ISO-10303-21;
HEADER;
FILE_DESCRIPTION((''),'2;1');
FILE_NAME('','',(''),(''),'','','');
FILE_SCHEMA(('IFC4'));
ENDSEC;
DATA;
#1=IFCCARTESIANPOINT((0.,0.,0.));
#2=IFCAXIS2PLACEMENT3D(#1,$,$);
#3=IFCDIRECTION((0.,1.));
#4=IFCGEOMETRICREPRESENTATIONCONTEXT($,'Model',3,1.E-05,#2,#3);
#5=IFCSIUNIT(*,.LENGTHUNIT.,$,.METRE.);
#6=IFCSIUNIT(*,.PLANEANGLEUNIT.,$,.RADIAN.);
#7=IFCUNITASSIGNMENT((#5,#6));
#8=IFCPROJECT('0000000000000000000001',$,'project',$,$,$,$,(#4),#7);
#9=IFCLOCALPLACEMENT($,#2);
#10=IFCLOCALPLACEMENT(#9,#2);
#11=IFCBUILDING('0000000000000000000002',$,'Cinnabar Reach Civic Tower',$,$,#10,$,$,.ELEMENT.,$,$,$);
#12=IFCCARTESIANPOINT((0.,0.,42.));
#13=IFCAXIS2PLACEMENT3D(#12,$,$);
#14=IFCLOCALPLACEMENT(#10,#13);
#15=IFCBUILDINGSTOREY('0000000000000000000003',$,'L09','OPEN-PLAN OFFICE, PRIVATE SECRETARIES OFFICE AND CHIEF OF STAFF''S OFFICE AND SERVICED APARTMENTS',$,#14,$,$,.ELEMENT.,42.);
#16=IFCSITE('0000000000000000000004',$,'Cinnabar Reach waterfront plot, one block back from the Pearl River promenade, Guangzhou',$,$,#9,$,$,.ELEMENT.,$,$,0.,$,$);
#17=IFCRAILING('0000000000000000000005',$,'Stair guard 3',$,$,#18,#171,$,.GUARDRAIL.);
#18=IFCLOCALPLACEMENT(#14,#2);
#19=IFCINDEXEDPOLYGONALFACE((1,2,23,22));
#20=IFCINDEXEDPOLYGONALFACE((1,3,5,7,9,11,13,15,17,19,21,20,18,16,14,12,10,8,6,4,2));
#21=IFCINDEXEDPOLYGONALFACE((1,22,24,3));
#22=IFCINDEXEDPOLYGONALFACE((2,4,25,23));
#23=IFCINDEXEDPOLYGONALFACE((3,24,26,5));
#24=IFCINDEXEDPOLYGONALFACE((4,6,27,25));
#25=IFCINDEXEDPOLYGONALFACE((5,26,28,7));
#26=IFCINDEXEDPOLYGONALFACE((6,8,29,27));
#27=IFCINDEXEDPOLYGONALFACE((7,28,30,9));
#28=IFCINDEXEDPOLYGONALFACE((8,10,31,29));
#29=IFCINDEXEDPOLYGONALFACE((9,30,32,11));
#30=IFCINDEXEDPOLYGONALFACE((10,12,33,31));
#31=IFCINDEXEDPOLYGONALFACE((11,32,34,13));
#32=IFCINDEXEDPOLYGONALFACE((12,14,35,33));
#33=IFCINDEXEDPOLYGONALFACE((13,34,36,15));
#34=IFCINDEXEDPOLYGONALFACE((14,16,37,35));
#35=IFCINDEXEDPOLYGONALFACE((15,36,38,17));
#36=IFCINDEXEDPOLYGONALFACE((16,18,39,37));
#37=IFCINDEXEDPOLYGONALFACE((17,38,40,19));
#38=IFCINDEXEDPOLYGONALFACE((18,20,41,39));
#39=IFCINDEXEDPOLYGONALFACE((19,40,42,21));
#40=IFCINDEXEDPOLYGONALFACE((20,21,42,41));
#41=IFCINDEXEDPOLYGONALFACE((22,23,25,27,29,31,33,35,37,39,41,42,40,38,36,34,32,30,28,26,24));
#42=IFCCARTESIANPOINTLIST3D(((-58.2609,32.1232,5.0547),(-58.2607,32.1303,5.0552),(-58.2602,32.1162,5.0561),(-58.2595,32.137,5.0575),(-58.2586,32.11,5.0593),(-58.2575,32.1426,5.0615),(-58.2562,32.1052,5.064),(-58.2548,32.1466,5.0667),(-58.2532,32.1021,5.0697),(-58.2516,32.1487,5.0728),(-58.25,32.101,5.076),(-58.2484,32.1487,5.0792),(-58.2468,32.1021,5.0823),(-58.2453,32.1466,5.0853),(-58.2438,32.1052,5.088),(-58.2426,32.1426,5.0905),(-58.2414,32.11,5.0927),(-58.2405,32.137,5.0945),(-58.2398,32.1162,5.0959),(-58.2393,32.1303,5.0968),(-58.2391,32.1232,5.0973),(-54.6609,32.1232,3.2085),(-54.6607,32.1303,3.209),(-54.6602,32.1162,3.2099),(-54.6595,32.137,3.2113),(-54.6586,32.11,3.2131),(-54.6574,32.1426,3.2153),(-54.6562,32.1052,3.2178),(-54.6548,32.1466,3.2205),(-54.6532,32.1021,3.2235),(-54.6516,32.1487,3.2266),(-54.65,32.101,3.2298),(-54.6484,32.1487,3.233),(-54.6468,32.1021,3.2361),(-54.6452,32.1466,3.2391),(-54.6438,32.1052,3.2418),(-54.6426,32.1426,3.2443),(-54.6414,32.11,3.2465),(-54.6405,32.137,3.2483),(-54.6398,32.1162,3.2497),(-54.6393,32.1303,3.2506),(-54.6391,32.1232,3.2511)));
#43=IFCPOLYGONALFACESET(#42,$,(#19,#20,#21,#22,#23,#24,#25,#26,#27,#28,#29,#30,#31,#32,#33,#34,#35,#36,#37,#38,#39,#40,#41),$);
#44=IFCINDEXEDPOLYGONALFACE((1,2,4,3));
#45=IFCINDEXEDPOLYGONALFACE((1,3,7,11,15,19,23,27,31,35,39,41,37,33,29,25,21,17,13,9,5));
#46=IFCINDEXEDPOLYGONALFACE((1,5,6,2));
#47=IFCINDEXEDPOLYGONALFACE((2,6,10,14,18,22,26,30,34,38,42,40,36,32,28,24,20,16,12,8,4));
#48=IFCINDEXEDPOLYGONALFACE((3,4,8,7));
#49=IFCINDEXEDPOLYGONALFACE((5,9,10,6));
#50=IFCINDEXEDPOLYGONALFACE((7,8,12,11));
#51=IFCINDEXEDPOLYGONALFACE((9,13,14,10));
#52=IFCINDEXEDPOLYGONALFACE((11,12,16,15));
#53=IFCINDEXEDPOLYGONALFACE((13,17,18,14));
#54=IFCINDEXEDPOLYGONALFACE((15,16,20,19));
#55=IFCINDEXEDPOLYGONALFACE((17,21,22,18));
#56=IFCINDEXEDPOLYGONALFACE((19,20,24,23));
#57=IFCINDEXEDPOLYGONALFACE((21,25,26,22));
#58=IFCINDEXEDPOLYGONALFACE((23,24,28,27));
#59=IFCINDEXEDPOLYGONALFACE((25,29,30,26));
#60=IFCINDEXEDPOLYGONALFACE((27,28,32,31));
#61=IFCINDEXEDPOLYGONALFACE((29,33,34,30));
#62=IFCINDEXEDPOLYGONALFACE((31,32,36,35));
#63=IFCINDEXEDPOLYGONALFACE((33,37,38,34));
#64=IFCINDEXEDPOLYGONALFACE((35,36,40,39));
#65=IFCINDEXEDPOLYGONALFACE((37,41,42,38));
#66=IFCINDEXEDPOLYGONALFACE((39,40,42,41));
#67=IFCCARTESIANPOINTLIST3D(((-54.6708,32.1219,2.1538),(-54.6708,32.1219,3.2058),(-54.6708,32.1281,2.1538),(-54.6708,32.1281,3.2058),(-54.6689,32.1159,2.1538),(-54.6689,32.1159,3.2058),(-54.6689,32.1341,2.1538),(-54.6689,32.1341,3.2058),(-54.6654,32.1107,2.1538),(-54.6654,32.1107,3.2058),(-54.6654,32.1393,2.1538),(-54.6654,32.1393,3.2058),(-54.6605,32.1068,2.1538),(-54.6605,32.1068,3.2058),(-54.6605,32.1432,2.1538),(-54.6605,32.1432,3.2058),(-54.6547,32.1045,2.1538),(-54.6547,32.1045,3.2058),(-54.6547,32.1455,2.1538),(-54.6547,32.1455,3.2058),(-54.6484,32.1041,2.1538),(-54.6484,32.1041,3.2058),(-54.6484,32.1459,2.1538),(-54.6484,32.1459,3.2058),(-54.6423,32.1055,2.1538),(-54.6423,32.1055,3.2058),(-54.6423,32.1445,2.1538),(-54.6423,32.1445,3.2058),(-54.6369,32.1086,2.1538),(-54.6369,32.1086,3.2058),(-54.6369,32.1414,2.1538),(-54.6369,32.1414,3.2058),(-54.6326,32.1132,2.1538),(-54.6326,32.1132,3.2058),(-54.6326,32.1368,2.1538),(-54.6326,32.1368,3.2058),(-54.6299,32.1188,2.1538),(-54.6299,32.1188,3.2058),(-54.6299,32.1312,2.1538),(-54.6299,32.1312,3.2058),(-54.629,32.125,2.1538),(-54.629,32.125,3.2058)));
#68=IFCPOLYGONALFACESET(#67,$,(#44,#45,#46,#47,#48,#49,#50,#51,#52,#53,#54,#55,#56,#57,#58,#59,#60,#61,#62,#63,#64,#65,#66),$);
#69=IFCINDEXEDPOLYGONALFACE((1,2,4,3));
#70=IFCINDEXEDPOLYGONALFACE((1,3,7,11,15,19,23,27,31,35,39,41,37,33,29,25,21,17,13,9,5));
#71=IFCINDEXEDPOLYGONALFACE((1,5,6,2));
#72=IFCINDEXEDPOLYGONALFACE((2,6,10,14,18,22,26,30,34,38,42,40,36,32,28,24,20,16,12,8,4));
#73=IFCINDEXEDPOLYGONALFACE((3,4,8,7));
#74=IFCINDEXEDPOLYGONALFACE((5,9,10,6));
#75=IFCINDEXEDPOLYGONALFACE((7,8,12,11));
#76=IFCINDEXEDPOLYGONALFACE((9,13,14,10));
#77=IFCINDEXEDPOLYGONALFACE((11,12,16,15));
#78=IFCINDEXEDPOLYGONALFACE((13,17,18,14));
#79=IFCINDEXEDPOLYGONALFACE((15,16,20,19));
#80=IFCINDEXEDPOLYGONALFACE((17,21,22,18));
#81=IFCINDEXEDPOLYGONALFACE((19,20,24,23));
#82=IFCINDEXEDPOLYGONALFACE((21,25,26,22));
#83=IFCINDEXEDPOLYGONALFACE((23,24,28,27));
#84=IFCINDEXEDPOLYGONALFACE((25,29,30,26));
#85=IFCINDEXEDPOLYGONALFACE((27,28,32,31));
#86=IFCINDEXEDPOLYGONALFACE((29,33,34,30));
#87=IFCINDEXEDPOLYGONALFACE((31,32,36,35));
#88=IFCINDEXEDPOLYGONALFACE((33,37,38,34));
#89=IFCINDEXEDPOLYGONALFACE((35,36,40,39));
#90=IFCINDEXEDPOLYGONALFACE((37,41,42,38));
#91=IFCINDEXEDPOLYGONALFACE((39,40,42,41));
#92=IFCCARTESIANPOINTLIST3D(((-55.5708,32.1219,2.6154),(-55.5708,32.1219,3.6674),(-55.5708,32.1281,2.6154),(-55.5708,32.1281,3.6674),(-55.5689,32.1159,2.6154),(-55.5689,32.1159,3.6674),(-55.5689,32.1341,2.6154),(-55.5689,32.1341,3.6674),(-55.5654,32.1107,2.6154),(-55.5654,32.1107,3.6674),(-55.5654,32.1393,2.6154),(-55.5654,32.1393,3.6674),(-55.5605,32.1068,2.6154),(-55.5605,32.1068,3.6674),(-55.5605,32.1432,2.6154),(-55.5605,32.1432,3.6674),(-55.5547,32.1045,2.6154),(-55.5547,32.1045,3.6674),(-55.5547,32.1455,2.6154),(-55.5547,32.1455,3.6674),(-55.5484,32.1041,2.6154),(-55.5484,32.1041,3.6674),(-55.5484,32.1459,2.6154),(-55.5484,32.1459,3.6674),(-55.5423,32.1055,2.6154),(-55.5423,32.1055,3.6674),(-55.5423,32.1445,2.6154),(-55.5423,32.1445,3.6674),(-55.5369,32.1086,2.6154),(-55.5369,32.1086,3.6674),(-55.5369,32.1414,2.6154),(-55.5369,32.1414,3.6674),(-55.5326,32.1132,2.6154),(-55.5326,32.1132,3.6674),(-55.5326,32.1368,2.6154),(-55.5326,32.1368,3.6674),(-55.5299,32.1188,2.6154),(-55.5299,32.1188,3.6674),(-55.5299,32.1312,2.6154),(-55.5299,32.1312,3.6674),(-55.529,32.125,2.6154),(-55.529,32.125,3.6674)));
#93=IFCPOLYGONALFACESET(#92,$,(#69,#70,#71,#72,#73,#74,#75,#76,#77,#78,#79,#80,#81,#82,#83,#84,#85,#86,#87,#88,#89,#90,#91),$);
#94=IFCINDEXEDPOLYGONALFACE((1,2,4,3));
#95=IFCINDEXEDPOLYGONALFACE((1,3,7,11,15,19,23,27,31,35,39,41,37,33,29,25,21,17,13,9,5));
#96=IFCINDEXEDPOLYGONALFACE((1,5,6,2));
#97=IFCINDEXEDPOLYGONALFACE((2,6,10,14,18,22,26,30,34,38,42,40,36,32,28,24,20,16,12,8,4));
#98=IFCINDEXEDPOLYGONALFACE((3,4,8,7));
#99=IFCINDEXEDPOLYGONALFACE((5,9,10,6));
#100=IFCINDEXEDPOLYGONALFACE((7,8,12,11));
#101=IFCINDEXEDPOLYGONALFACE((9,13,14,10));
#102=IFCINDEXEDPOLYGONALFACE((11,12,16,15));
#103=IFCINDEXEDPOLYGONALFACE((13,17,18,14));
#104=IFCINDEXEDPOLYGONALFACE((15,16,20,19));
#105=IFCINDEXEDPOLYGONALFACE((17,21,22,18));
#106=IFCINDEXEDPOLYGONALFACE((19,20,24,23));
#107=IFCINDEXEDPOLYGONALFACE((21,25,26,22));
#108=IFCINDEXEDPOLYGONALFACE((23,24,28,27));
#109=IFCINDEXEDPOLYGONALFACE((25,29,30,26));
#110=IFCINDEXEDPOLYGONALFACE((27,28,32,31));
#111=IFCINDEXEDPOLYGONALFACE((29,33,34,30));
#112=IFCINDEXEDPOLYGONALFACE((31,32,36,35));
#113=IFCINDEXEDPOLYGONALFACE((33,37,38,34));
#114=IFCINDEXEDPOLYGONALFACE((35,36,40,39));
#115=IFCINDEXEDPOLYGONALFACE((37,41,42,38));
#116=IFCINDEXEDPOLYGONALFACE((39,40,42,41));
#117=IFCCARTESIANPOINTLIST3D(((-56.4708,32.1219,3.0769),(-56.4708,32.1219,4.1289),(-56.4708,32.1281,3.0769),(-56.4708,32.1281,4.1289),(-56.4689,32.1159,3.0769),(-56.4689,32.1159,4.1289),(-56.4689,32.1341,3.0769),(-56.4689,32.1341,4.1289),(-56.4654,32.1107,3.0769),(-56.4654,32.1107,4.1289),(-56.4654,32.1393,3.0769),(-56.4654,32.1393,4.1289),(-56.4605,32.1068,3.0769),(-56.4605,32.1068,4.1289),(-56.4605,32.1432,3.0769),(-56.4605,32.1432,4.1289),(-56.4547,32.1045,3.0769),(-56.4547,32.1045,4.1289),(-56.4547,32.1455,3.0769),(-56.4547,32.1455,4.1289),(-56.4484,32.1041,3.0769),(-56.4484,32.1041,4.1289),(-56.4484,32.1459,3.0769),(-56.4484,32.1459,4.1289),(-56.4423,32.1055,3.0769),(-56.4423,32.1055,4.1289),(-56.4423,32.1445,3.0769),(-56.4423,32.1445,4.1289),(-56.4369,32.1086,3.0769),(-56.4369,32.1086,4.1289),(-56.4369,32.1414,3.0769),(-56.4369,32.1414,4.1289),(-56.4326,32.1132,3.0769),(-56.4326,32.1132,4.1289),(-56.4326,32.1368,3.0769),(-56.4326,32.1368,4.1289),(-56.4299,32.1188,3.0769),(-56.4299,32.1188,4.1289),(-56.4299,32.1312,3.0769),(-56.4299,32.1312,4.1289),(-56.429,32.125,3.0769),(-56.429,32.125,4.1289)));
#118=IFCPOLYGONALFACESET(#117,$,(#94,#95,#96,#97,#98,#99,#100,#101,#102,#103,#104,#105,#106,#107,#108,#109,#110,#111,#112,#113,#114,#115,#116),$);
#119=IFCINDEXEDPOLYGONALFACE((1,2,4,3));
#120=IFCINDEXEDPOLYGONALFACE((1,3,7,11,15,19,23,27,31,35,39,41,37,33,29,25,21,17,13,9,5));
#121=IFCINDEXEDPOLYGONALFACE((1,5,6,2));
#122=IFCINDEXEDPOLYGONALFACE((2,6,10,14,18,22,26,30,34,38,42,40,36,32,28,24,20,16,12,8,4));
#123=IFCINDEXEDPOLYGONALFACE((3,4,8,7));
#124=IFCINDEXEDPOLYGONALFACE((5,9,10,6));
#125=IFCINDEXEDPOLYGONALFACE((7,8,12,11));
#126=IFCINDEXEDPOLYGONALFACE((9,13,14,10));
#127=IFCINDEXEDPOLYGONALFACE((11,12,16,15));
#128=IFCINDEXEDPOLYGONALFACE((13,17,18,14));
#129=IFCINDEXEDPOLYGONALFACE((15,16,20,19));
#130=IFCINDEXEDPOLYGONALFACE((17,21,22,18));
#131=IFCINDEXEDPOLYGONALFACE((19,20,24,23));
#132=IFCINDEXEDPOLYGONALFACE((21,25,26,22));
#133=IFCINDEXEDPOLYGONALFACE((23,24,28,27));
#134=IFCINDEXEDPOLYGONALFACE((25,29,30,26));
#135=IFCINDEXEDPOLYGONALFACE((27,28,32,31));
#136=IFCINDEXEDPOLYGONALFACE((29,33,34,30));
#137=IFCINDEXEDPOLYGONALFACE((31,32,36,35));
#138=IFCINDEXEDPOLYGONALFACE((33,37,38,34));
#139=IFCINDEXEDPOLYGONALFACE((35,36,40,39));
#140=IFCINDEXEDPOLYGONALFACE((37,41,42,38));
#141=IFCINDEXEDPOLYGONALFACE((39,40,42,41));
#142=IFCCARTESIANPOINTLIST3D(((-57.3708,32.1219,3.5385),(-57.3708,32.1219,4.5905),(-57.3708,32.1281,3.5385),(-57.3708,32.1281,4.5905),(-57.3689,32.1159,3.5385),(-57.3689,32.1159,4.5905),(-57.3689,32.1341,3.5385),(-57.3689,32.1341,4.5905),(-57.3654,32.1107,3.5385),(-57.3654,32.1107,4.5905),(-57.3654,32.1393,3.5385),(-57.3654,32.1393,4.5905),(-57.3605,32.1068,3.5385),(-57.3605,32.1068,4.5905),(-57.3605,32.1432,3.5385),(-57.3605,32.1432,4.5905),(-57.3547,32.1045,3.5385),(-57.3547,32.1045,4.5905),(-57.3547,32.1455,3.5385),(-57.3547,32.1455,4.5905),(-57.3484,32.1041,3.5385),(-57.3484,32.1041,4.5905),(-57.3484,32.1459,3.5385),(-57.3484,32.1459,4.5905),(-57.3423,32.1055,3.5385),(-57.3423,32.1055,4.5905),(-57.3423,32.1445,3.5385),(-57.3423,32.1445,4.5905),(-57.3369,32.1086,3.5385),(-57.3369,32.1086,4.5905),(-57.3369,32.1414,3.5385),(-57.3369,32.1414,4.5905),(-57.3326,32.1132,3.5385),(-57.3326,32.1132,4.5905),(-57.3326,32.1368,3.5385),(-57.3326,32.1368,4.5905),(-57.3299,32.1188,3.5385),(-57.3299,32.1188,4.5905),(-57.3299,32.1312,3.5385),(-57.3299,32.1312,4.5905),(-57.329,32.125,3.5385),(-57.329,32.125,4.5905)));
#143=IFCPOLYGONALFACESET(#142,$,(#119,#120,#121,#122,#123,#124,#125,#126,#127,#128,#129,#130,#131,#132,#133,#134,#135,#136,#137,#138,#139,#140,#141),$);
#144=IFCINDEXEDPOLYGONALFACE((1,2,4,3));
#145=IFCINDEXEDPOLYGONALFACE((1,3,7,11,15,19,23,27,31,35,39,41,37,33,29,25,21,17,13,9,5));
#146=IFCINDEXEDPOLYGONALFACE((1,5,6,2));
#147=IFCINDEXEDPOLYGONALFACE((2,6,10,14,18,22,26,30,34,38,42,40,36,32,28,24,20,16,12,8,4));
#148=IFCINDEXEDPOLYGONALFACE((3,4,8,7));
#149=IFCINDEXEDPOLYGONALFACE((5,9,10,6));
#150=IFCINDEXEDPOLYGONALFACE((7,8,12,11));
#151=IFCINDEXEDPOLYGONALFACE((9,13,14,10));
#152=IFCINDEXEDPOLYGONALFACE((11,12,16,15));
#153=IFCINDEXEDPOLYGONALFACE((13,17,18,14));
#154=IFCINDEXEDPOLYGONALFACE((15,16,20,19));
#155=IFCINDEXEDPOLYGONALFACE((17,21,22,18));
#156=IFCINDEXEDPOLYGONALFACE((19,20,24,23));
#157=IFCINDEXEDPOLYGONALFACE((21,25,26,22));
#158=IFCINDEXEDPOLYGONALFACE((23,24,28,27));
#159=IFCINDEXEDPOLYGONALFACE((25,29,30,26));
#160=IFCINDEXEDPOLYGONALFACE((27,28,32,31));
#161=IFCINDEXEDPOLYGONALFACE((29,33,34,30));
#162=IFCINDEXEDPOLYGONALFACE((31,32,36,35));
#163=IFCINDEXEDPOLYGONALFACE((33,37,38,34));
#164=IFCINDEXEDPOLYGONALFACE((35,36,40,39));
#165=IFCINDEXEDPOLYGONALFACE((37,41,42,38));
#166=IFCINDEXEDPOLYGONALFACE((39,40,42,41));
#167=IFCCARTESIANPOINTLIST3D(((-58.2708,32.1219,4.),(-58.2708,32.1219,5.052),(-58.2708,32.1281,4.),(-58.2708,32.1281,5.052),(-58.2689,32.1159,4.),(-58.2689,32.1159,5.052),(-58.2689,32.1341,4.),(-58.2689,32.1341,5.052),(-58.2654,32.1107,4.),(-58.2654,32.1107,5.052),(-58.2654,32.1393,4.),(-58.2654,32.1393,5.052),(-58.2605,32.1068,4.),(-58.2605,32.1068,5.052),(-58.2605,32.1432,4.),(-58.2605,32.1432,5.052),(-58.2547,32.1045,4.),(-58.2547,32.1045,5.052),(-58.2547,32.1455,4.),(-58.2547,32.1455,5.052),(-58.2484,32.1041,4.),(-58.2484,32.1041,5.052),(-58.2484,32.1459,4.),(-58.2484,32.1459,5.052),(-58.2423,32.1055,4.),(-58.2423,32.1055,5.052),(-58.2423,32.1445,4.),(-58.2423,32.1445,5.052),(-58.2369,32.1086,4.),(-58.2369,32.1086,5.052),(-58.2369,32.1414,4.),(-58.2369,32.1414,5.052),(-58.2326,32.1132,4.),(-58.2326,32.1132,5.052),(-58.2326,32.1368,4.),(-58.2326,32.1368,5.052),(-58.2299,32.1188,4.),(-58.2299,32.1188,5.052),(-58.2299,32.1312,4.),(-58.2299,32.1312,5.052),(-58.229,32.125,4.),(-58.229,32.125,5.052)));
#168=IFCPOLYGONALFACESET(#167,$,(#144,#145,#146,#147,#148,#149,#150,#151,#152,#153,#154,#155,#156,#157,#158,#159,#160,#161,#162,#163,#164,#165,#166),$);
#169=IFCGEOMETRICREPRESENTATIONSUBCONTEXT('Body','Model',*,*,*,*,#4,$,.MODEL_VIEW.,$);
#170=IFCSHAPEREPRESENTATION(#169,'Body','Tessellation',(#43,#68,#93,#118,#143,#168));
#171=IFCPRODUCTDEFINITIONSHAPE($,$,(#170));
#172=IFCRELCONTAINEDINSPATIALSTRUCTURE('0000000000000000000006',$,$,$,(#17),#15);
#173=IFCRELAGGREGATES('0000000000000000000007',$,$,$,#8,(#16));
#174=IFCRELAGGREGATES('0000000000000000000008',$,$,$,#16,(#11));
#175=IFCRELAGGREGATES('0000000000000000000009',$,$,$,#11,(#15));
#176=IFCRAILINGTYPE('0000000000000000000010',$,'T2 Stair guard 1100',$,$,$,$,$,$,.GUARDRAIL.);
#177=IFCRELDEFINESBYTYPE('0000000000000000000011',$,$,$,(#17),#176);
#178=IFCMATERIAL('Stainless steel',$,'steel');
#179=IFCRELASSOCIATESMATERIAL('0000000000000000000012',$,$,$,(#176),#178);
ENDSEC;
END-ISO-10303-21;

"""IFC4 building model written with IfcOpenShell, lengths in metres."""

from ifc_helpers import new_model, si_unit, direction, frame, origin, origin_2d, place, context, subcontext, project, spatial, circle, extrude, material, type_object, element, save


model = new_model("IFC4")

# Units and contexts
model_context = context("Model", 3, precision=1e-05, world=origin(), true_north=direction((0.0, 1.0)))
body_context = subcontext(model_context, "Body", "Model", "MODEL_VIEW")
ifc_project = project(units=[si_unit("LENGTHUNIT", "METRE"), si_unit("PLANEANGLEUNIT", "RADIAN")], contexts=[model_context])

# Site, building, storey
site_placement = place(None, origin())
site = spatial("IfcSite", under=ifc_project, at=site_placement, Name="Cinnabar Reach waterfront plot, one block back from the Pearl River promenade, Guangzhou", CompositionType="ELEMENT", RefElevation=0.0)
building_placement = place(site_placement, origin())
building = spatial("IfcBuilding", under=site, at=building_placement, Name="Cinnabar Reach Civic Tower", CompositionType="ELEMENT")
storey_placement = place(building_placement, frame((0.0, 0.0, 42.0)))
storey = spatial("IfcBuildingStorey", under=building, at=storey_placement, Name="L09", Description="OPEN-PLAN OFFICE, PRIVATE SECRETARIES OFFICE AND CHIEF OF STAFF'S OFFICE AND SERVICED APARTMENTS", CompositionType="ELEMENT", Elevation=42.0)

# Railing
ifc_material_1 = material(Name="Stainless steel", Category="steel")
railing_type = type_object("IfcRailingType", Name="T2 Stair guard 1100", PredefinedType="GUARDRAIL", material=ifc_material_1)
railing_1_placement = place(storey_placement, frame((-54.65, 32.125, 2.1538)))
element("IfcRailing", 1, at=railing_1_placement, inside=storey, type_object=railing_type, Name="Stair guard 3", PredefinedType="GUARDRAIL", context=body_context, shape_type="SweptSolid", body=[
    extrude(circle(Radius=0.024, at=origin_2d()), frame((0.0, 0.0, 1.076), z_axis=(-0.889813, 0.0, 0.456326), x_axis=(0.0, -1.0, 0.0)), (0.0, 0.0, 1.0), 4.0458),
    extrude(circle(Radius=0.021, at=origin_2d()), origin(), (0.0, 0.0, 1.0), 1.052),
    extrude(circle(Radius=0.021, at=origin_2d()), frame((-0.9, 0.0, 0.4616)), (0.0, 0.0, 1.0), 1.052),
    extrude(circle(Radius=0.021, at=origin_2d()), frame((-1.8, 0.0, 0.9231)), (0.0, 0.0, 1.0), 1.052),
    extrude(circle(Radius=0.021, at=origin_2d()), frame((-2.7, 0.0, 1.3847)), (0.0, 0.0, 1.0), 1.052),
    extrude(circle(Radius=0.021, at=origin_2d()), frame((-3.6, 0.0, 1.8462)), (0.0, 0.0, 1.0), 1.052),
])

save(model, "model.ifc")
